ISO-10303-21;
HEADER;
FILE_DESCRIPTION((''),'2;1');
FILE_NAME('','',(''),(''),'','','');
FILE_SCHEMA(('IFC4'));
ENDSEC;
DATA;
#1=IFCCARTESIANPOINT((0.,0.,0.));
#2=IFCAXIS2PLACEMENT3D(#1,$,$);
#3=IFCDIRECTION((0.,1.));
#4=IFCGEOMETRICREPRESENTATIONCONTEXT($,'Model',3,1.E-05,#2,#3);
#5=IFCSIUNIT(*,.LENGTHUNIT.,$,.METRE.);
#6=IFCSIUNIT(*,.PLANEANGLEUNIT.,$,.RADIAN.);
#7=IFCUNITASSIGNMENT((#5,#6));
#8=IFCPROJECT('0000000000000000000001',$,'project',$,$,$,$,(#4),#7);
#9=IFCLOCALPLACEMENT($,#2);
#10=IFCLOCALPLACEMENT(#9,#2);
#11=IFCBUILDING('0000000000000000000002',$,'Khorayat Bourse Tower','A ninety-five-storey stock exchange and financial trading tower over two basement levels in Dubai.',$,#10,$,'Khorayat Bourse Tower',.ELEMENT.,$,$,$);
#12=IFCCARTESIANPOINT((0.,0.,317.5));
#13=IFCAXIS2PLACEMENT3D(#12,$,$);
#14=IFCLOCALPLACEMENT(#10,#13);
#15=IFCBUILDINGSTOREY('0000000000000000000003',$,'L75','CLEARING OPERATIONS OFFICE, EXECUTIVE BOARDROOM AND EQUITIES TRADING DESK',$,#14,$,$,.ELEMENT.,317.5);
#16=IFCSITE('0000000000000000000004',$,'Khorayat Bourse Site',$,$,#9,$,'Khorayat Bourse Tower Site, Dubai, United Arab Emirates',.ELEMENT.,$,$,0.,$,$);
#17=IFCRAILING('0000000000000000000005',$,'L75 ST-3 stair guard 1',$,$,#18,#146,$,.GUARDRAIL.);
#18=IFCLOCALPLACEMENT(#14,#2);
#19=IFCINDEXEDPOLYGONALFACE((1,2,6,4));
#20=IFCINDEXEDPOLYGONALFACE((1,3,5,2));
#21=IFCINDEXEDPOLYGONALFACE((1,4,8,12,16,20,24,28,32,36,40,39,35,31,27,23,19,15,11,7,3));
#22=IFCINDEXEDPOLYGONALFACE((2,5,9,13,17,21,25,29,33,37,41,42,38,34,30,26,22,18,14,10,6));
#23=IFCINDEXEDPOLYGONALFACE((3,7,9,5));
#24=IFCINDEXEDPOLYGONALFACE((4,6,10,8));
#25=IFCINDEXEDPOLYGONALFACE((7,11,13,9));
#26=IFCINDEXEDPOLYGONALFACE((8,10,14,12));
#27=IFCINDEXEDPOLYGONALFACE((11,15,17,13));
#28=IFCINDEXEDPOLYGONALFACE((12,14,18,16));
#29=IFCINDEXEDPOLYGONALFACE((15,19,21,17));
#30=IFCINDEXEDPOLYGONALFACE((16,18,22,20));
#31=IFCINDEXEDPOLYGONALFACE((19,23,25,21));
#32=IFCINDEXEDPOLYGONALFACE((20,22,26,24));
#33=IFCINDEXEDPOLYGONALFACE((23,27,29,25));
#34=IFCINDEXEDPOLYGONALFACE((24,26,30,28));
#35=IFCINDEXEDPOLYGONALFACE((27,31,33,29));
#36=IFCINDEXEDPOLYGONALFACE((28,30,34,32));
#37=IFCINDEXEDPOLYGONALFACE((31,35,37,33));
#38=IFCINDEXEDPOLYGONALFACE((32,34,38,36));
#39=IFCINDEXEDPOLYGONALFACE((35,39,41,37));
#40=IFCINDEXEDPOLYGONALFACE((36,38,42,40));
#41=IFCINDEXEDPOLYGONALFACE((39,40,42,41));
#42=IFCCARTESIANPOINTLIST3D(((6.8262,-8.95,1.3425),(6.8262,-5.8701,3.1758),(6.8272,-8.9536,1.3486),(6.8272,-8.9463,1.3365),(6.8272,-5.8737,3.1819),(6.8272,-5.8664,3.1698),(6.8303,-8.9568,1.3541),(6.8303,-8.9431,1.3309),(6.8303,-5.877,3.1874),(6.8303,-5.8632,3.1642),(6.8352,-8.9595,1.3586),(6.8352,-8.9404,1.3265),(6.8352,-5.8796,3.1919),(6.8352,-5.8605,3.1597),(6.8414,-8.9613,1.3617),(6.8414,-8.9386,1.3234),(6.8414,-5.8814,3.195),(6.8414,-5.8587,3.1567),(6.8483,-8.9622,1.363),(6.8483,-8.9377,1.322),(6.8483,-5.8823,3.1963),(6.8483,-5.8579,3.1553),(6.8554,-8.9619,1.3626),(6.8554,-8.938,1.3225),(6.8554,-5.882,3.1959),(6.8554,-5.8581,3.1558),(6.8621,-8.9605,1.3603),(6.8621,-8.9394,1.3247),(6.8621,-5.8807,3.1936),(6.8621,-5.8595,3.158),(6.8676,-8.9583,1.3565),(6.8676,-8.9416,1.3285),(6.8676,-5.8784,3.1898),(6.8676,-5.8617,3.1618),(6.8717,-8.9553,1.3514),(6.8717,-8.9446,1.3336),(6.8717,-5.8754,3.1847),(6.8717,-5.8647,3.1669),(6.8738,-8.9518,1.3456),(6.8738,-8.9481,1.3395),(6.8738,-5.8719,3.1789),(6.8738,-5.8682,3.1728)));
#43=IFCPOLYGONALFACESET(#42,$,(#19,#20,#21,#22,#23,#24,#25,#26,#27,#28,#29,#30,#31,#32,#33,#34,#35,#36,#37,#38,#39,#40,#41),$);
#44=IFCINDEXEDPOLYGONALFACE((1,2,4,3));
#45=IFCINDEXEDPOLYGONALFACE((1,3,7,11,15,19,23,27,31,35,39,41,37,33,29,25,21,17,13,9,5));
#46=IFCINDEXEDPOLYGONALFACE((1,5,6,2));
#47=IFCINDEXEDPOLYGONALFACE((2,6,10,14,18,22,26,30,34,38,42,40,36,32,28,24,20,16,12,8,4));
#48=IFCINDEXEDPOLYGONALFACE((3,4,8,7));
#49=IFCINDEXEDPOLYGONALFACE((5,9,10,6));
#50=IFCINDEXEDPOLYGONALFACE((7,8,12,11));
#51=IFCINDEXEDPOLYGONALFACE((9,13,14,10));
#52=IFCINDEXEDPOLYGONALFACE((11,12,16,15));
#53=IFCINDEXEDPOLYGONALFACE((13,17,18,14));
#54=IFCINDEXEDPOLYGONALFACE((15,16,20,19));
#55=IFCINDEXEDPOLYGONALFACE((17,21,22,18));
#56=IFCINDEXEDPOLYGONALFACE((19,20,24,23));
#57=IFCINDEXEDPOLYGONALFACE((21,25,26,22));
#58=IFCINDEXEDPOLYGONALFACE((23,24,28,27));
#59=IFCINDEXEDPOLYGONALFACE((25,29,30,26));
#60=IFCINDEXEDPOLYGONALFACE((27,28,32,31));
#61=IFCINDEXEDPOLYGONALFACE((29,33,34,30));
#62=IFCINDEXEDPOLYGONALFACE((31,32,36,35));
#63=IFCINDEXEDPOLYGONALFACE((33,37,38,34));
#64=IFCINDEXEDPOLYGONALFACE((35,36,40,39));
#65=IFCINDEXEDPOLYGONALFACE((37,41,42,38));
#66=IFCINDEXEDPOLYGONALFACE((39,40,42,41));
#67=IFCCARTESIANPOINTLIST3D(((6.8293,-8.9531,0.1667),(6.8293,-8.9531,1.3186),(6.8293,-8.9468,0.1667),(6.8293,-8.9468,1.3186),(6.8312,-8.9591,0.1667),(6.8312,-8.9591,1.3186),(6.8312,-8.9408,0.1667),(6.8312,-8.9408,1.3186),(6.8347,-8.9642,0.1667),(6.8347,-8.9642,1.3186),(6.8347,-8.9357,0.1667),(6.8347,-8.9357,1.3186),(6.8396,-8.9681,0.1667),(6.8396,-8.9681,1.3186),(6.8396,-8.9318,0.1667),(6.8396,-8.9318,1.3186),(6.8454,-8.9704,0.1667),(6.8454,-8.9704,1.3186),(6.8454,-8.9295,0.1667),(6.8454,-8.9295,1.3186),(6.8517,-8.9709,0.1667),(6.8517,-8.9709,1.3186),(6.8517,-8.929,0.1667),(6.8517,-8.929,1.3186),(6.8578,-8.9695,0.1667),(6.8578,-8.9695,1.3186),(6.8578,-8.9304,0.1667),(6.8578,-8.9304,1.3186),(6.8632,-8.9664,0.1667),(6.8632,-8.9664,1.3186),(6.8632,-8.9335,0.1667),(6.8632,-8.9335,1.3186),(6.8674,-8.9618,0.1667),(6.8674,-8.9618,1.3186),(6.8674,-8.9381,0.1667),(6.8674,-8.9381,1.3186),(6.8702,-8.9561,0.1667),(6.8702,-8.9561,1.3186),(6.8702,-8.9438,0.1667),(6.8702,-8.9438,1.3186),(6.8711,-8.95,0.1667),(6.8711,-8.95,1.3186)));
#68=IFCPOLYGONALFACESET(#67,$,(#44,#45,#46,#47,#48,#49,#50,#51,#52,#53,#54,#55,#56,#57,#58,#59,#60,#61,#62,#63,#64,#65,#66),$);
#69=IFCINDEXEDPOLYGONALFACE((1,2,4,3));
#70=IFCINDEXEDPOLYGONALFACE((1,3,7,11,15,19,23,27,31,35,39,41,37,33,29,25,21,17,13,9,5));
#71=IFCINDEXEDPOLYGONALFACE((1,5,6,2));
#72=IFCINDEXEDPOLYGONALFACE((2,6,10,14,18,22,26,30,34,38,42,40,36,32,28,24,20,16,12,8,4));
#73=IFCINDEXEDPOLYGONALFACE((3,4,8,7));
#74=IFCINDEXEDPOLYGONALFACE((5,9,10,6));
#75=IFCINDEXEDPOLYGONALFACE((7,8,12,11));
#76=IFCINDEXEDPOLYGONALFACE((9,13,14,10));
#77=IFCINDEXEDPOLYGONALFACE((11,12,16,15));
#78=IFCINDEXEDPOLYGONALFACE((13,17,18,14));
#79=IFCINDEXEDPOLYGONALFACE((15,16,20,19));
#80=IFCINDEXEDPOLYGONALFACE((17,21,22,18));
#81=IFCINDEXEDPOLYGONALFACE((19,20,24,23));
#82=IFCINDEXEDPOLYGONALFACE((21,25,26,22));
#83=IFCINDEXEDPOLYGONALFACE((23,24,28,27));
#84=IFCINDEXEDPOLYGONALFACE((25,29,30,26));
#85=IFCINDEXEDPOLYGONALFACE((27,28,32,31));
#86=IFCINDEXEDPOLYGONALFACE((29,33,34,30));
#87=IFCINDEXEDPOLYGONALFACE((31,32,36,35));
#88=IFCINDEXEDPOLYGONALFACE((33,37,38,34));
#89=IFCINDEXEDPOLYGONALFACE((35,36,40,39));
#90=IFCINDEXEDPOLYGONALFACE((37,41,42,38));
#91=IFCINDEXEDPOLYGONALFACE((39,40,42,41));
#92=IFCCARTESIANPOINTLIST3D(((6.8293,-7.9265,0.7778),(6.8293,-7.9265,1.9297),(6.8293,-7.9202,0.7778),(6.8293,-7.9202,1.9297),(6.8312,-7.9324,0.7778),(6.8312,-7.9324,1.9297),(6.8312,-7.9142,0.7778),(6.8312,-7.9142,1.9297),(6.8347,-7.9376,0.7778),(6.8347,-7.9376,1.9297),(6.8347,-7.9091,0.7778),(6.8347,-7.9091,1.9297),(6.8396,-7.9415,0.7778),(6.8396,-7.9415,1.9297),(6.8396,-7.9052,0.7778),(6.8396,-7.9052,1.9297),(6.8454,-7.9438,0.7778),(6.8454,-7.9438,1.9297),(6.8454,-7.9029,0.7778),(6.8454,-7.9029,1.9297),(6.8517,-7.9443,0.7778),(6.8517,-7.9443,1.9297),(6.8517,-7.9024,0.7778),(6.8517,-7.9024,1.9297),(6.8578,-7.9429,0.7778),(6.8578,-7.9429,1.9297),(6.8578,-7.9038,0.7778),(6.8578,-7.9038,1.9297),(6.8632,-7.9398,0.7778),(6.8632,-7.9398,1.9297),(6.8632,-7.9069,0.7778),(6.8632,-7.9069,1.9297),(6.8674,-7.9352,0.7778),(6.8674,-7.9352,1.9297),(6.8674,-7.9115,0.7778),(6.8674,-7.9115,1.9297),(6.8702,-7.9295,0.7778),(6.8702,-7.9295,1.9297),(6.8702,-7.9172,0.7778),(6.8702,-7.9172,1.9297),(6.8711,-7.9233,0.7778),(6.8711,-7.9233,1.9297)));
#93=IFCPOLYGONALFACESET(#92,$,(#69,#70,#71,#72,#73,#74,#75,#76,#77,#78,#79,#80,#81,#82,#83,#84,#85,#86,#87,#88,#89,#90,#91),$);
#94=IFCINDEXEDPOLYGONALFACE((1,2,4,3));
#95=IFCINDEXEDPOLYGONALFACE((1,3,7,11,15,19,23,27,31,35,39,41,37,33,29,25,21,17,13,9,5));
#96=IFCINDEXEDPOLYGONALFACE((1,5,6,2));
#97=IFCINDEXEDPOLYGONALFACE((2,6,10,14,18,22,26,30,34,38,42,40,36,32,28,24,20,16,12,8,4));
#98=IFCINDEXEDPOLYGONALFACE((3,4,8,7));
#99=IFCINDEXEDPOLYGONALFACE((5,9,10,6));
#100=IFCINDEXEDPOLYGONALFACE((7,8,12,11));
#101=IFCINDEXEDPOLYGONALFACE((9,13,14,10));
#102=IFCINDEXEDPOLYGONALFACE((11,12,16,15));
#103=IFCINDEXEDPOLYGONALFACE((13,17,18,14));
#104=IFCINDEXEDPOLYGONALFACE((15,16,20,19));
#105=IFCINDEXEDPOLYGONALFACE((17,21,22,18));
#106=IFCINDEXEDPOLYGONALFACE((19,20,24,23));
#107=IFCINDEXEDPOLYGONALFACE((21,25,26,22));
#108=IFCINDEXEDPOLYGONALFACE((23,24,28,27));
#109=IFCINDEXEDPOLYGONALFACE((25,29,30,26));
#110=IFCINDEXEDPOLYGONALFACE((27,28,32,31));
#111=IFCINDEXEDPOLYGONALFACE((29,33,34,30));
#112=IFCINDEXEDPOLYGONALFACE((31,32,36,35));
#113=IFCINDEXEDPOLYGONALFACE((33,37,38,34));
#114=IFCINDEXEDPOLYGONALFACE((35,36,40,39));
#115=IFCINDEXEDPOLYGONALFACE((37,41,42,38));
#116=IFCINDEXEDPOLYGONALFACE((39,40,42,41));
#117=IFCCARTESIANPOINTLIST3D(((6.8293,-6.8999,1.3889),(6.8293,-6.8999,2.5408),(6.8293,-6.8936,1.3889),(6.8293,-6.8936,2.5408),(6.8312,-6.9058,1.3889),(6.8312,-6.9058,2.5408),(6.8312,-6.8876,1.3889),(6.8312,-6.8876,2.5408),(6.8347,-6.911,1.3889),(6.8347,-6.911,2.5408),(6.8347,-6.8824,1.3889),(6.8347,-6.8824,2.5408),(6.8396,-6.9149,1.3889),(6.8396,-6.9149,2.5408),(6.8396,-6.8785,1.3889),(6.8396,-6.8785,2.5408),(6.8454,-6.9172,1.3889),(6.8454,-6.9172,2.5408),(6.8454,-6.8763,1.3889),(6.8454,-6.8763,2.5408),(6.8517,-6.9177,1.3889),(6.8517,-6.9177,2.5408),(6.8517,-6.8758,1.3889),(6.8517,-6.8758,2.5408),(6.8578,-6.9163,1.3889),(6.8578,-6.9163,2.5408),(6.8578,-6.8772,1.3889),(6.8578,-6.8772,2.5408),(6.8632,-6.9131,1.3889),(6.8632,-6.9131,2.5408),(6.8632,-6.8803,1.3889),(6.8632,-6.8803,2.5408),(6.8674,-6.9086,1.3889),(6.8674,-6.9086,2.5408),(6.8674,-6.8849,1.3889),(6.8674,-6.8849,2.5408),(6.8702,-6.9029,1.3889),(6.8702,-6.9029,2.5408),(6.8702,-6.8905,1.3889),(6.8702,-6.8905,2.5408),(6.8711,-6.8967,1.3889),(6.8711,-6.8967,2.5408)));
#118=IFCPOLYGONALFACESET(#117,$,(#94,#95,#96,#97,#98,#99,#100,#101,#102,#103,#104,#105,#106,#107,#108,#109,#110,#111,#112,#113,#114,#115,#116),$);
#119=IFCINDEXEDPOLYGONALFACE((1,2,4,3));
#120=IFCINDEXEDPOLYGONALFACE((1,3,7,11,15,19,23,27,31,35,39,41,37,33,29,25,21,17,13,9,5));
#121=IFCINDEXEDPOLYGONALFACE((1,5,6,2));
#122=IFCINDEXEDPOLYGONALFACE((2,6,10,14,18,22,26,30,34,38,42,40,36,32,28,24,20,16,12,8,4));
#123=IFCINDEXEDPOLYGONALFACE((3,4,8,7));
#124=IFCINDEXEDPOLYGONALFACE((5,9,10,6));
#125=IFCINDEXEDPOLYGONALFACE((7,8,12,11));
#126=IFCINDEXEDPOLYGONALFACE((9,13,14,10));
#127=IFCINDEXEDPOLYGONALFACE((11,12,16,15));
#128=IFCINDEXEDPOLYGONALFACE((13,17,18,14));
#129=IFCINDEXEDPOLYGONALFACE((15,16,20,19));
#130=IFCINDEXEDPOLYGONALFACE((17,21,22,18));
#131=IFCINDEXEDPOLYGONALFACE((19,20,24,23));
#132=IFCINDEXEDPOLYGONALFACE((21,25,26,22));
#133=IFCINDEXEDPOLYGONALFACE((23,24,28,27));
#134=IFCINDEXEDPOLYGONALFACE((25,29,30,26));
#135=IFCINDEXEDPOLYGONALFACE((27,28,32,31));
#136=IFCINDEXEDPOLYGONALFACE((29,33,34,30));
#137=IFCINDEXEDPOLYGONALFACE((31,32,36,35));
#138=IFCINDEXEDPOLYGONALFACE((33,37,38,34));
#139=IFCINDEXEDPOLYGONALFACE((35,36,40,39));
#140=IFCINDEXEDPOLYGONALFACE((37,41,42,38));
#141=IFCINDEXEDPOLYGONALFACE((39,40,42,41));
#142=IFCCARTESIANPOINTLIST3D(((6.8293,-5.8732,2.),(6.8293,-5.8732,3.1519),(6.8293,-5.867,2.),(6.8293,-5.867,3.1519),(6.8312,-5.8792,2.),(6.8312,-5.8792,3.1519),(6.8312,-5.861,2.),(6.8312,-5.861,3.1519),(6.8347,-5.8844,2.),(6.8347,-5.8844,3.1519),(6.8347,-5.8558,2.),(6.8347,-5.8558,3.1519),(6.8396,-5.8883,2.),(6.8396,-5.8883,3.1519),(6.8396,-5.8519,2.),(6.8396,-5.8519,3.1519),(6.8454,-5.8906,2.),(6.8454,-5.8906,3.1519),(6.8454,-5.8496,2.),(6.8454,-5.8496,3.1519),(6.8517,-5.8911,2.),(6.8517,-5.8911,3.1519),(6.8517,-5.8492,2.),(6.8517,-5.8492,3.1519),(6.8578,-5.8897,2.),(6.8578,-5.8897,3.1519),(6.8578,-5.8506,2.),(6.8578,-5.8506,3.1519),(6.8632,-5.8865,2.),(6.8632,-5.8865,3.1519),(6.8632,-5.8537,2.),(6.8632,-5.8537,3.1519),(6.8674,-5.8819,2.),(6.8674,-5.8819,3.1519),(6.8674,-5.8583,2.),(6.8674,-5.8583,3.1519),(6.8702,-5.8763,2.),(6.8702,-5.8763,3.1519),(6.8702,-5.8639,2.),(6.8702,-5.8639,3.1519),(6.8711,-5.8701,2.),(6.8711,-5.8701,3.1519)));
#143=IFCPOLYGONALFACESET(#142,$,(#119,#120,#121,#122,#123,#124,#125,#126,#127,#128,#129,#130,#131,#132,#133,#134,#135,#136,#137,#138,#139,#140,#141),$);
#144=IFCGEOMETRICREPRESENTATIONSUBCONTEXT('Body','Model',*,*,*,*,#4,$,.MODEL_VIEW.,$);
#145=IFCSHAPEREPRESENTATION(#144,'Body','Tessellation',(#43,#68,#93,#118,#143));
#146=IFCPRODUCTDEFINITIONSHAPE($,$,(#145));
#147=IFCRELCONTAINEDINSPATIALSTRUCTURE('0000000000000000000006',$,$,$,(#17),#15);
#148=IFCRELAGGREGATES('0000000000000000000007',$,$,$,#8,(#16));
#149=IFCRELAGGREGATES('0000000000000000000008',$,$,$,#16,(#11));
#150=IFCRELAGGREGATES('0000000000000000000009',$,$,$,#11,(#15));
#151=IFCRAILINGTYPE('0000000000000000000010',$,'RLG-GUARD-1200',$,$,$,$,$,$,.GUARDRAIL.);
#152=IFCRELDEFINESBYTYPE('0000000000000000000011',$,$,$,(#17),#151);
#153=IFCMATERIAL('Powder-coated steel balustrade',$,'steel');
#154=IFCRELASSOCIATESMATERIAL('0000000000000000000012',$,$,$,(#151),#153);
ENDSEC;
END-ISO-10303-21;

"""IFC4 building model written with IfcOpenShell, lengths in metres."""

from ifc_helpers import new_model, si_unit, direction, frame, origin, origin_2d, place, context, subcontext, project, spatial, circle, extrude, source, transform, mapped, material, type_object, element, save


model = new_model("IFC4")

# Units and contexts
model_context = context("Model", 3, precision=1e-05, world=origin(), true_north=direction((0.0, 1.0)))
body_context = subcontext(model_context, "Body", "Model", "MODEL_VIEW")
ifc_project = project(units=[si_unit("LENGTHUNIT", "METRE"), si_unit("PLANEANGLEUNIT", "RADIAN")], contexts=[model_context])

# Site, building, storey
site_placement = place(None, origin())
site = spatial("IfcSite", under=ifc_project, at=site_placement, Name="Khorayat Bourse Site", LongName="Khorayat Bourse Tower Site, Dubai, United Arab Emirates", CompositionType="ELEMENT", RefElevation=0.0)
building_placement = place(site_placement, origin())
building = spatial("IfcBuilding", under=site, at=building_placement, Name="Khorayat Bourse Tower", Description="A ninety-five-storey stock exchange and financial trading tower over two basement levels in Dubai.", LongName="Khorayat Bourse Tower", CompositionType="ELEMENT")
storey_placement = place(building_placement, frame((0.0, 0.0, 317.5)))
storey = spatial("IfcBuildingStorey", under=building, at=storey_placement, Name="L75", Description="CLEARING OPERATIONS OFFICE, EXECUTIVE BOARDROOM AND EQUITIES TRADING DESK", CompositionType="ELEMENT", Elevation=317.5)

# Railing
ifc_material_1 = material(Name="Powder-coated steel balustrade", Category="steel")
railing_type_1 = type_object("IfcRailingType", Name="RLG-GUARD-1200", PredefinedType="GUARDRAIL", material=ifc_material_1)
shared_shape_1 = source(origin(), body_context, "Body", "SweptSolid", [
    extrude(circle(Radius=0.0239, at=origin_2d()), frame((0.0, 0.0, 1.1758), z_axis=(0.0, 0.859291, 0.511487), x_axis=(-1.0, 0.0, 0.0)), (0.0, 0.0, 1.0), 3.5842),
    extrude(circle(Radius=0.021, at=origin_2d()), origin(), (0.0, 0.0, 1.0), 1.1519),
    extrude(circle(Radius=0.021, at=origin_2d()), frame((0.0, 1.0266, 0.6111)), (0.0, 0.0, 1.0), 1.1519),
    extrude(circle(Radius=0.021, at=origin_2d()), frame((0.0, 2.0532, 1.2222)), (0.0, 0.0, 1.0), 1.1519),
    extrude(circle(Radius=0.021, at=origin_2d()), frame((0.0, 3.0798, 1.8333)), (0.0, 0.0, 1.0), 1.1519),
])
railing_1_placement = place(storey_placement, frame((6.8501, -8.95, 0.1667)))
element("IfcRailing", 1, at=railing_1_placement, inside=storey, type_object=railing_type_1, Name="L75 ST-3 stair guard 1", PredefinedType="GUARDRAIL", context=body_context, shape_type="MappedRepresentation", body=[
    mapped(shared_shape_1, transform((0.0, 0.0, 0.0), scale=1.0)),
])

save(model, "model.ifc")
